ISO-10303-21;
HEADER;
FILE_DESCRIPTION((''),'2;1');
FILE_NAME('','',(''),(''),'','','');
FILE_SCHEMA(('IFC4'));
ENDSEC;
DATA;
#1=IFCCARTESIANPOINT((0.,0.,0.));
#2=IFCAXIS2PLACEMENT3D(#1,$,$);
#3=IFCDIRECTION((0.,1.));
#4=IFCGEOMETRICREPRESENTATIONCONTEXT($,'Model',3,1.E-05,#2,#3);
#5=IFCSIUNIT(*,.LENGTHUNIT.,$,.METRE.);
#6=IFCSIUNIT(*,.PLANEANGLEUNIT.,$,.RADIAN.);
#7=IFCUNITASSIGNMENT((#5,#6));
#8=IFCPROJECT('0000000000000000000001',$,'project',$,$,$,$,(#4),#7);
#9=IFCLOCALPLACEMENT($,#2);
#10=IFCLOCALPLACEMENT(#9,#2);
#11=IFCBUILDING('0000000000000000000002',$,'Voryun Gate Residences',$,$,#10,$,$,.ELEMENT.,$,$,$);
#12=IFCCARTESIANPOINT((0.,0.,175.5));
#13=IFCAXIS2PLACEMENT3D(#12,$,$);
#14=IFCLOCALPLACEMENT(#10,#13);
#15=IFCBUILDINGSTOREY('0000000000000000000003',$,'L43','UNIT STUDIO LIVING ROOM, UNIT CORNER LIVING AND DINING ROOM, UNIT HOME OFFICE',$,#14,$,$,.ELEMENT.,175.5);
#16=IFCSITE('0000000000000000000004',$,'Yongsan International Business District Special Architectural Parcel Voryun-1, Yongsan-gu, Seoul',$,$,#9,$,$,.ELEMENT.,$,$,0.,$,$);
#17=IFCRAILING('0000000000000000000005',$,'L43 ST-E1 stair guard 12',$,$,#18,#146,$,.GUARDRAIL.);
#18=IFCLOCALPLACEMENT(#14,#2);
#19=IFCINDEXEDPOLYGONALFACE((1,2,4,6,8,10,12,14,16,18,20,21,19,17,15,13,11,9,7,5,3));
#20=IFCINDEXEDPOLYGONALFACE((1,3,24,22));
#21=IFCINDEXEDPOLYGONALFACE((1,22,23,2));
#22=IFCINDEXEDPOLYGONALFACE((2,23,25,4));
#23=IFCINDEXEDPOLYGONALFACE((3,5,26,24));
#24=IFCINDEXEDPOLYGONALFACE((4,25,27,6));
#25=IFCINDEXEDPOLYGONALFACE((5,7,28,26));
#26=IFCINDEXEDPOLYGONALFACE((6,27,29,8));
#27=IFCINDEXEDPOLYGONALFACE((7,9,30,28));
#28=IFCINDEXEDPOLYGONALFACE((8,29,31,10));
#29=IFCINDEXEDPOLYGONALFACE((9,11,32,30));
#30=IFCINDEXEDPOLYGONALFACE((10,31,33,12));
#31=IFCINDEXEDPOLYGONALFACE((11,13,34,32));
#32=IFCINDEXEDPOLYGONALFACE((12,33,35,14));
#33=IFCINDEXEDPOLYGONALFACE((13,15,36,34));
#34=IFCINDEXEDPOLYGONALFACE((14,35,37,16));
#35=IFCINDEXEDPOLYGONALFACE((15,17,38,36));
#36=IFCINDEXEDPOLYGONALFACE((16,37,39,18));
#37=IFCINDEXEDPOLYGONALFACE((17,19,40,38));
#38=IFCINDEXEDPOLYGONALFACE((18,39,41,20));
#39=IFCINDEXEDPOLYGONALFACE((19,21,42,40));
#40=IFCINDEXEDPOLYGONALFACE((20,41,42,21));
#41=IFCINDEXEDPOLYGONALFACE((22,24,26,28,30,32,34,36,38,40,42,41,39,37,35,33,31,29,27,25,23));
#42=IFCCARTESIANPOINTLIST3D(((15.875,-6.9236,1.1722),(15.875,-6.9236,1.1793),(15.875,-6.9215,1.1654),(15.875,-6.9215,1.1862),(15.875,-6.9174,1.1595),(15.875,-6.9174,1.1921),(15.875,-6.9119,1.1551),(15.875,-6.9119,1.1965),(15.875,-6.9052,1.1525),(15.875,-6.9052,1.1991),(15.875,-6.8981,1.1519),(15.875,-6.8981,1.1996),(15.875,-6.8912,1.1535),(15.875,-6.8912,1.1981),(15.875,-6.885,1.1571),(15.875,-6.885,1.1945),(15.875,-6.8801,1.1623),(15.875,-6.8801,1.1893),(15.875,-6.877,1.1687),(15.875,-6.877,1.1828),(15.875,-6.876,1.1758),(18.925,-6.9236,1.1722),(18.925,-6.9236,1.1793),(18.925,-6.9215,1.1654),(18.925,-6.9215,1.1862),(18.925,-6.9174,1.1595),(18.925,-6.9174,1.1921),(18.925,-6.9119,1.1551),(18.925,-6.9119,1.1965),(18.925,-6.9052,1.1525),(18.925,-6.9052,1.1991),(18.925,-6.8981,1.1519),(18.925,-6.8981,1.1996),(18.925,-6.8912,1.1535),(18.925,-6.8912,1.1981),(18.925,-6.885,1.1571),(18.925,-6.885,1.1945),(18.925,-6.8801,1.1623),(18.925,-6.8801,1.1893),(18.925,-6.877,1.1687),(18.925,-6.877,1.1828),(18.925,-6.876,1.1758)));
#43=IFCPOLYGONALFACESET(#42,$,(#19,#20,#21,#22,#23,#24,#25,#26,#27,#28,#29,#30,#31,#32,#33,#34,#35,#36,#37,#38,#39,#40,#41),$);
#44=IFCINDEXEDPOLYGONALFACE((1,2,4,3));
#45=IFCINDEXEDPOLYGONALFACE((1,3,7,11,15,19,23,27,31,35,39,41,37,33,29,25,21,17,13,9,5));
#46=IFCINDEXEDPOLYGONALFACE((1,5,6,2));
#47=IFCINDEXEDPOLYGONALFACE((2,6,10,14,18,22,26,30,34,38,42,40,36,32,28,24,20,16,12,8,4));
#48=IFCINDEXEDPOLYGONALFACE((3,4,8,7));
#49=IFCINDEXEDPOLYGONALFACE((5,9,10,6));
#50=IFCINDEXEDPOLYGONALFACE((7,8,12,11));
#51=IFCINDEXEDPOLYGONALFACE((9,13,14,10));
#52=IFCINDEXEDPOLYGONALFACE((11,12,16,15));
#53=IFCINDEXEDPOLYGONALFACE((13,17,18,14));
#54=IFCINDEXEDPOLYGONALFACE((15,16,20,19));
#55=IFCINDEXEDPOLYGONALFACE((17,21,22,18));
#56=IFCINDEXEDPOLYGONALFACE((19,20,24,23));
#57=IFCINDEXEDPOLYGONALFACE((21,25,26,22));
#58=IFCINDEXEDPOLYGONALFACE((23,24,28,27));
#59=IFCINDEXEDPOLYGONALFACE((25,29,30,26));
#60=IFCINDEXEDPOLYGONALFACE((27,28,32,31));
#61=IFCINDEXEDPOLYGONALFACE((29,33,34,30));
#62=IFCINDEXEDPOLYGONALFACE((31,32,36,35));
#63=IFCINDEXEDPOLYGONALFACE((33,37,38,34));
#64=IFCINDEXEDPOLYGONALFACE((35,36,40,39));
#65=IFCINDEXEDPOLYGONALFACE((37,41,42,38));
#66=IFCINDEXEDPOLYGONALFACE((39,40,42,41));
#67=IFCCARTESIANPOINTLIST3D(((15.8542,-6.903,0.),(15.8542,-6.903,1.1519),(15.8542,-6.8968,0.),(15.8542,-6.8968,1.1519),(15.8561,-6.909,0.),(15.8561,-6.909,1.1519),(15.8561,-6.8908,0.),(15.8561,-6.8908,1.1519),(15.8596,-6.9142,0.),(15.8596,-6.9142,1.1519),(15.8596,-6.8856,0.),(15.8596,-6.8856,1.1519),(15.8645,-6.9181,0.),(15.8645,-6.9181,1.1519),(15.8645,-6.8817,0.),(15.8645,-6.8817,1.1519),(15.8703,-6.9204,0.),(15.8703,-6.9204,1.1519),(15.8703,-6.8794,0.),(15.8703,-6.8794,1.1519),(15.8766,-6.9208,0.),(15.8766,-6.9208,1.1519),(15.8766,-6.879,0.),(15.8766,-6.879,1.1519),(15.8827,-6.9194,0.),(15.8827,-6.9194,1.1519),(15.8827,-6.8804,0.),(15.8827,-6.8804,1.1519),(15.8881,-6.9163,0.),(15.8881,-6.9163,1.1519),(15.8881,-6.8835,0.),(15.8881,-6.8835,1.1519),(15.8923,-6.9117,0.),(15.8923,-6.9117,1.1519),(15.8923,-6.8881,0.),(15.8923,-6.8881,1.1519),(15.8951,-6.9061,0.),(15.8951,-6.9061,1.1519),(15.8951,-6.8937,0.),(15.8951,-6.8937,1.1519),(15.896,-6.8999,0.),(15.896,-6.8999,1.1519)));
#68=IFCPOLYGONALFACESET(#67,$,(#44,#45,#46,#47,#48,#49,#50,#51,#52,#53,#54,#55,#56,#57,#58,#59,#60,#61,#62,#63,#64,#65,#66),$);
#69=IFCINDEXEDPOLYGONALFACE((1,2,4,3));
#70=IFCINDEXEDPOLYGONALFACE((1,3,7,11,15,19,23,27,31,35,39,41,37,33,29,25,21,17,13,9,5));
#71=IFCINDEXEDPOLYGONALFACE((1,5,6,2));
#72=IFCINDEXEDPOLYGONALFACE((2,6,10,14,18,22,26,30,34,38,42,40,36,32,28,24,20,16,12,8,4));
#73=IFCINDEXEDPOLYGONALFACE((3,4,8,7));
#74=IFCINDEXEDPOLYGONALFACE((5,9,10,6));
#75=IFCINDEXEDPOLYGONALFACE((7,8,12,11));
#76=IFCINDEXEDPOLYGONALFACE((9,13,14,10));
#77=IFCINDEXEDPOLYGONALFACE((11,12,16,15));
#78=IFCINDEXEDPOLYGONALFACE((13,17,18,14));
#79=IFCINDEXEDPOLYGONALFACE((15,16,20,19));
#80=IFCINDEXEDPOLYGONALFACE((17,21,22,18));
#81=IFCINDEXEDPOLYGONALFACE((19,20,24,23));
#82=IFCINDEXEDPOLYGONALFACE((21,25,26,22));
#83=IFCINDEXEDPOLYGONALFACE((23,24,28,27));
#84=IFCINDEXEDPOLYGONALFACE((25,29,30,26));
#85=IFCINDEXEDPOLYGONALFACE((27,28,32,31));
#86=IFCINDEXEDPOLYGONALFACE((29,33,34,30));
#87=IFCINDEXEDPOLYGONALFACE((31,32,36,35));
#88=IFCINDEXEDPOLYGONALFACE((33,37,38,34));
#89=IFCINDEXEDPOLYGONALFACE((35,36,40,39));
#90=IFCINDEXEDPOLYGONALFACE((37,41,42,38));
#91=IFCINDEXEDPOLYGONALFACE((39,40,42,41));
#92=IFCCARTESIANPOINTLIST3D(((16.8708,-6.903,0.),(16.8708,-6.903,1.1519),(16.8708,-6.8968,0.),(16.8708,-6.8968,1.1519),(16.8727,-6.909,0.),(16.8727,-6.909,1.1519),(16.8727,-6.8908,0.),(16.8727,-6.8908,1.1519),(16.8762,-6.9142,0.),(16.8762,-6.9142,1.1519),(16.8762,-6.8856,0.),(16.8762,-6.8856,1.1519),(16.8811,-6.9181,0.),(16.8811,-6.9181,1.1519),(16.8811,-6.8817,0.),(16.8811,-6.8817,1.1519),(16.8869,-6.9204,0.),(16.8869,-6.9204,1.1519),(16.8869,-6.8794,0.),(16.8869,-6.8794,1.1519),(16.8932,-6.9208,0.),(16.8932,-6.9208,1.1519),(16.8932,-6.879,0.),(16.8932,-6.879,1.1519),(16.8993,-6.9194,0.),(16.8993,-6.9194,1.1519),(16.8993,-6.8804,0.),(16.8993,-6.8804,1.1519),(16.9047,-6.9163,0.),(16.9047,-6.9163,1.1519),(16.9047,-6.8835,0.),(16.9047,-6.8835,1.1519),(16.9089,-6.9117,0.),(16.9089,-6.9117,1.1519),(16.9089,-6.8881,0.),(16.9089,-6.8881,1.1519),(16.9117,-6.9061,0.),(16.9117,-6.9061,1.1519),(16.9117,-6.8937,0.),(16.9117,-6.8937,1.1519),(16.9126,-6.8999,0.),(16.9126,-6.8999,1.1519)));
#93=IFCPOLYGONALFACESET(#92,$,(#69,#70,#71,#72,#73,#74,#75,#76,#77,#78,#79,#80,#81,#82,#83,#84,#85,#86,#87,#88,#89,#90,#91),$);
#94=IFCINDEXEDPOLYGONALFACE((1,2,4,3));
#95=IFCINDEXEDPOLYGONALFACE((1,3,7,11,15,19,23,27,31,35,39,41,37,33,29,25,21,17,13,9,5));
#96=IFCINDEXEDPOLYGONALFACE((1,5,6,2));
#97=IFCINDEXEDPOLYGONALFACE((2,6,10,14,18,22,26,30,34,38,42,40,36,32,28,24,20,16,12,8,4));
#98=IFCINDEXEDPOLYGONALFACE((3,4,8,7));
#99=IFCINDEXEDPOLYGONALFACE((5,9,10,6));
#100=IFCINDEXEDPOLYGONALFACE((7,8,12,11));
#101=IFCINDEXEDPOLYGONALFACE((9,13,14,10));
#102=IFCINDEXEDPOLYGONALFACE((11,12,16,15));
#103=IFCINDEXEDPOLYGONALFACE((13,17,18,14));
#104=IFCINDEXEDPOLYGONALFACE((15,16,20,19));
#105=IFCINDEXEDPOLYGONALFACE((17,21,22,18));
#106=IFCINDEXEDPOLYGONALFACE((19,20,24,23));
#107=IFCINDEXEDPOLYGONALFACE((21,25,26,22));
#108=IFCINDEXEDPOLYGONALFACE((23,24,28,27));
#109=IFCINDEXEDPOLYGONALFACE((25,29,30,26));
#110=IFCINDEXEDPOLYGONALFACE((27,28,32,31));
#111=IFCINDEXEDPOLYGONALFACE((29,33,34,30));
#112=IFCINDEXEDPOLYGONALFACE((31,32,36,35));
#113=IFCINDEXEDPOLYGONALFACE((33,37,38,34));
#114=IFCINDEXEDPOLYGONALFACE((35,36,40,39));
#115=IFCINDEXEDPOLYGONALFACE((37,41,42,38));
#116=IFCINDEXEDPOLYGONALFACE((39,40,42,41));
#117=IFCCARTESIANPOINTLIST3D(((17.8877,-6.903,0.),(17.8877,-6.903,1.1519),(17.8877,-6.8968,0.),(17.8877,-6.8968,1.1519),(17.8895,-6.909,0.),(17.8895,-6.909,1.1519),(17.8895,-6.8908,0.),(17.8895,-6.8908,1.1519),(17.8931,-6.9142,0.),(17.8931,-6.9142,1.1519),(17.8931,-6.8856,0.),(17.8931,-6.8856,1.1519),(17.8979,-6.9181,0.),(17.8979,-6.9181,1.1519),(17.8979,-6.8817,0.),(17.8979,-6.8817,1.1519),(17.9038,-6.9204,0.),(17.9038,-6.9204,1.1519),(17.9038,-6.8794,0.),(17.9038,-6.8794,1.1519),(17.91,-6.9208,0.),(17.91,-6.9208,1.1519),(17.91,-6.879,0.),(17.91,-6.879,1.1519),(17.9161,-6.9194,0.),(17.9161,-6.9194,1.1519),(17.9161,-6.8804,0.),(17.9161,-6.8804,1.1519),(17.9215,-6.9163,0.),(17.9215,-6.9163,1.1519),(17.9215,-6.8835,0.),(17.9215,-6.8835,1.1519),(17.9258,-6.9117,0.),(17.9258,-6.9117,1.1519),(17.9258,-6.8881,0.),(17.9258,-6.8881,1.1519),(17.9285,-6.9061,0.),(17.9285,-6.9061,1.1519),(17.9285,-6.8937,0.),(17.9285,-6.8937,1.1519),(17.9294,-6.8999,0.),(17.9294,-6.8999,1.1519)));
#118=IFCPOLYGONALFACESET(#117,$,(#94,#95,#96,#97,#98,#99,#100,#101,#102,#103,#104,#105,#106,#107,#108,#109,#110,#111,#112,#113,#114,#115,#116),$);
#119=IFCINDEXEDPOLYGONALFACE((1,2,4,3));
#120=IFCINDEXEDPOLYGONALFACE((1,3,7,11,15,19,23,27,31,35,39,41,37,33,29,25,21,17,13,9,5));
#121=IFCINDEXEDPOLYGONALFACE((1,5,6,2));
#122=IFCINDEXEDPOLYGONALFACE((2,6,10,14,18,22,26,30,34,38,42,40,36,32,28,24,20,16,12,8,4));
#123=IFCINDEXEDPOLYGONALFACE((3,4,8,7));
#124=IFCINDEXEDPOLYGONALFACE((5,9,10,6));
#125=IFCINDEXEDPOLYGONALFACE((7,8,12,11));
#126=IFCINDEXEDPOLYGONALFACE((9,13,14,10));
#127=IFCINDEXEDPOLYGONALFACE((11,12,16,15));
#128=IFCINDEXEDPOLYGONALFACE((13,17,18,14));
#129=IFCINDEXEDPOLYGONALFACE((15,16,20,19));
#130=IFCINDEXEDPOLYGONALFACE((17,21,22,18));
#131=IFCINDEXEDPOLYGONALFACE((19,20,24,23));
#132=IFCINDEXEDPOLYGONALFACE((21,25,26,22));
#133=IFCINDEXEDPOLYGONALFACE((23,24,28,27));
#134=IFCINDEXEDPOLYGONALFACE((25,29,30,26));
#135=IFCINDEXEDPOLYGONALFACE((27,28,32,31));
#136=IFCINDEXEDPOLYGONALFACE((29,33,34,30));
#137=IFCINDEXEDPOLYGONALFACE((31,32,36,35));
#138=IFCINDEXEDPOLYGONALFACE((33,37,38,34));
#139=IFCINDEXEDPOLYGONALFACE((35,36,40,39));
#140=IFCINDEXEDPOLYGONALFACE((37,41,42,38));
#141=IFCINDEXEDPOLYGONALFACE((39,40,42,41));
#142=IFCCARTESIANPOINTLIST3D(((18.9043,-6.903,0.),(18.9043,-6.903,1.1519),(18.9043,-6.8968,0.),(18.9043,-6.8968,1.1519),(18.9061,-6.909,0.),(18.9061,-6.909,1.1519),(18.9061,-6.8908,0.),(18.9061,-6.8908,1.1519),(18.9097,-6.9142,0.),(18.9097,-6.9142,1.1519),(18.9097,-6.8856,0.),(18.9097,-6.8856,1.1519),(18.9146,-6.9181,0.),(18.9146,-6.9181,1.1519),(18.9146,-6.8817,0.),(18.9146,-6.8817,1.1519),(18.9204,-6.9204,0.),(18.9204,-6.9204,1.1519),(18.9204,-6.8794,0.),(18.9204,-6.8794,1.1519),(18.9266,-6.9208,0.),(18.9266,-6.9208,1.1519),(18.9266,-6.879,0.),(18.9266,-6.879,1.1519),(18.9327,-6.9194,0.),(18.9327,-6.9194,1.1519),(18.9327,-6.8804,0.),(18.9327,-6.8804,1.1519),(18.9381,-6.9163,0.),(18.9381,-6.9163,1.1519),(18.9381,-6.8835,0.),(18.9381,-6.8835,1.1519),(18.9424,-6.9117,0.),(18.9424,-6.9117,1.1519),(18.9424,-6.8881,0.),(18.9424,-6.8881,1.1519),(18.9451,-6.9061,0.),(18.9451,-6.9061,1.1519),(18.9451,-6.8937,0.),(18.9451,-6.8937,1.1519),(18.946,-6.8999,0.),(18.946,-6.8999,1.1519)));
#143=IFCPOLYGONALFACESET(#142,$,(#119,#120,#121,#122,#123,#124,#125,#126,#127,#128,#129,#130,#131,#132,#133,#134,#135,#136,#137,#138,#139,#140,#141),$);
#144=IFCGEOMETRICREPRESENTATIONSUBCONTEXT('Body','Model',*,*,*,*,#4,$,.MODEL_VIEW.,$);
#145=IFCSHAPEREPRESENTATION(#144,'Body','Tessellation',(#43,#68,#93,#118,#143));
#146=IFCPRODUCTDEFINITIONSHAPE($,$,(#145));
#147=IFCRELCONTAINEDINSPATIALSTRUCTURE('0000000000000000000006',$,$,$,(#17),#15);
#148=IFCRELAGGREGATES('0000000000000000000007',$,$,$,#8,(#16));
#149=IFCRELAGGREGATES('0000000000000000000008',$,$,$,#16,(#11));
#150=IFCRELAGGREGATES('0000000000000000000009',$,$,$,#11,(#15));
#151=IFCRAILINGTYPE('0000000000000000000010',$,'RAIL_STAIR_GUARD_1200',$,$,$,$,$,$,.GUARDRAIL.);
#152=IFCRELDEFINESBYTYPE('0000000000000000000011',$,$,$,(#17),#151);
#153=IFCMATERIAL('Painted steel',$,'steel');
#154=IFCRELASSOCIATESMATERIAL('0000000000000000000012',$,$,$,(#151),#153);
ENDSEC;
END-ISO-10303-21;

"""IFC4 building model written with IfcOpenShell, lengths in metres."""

from ifc_helpers import new_model, si_unit, direction, frame, origin, origin_2d, place, context, subcontext, project, spatial, circle, extrude, material, type_object, element, save


model = new_model("IFC4")

# Units and contexts
model_context = context("Model", 3, precision=1e-05, world=origin(), true_north=direction((0.0, 1.0)))
body_context = subcontext(model_context, "Body", "Model", "MODEL_VIEW")
ifc_project = project(units=[si_unit("LENGTHUNIT", "METRE"), si_unit("PLANEANGLEUNIT", "RADIAN")], contexts=[model_context])

# Site, building, storey
site_placement = place(None, origin())
site = spatial("IfcSite", under=ifc_project, at=site_placement, Name="Yongsan International Business District Special Architectural Parcel Voryun-1, Yongsan-gu, Seoul", CompositionType="ELEMENT", RefElevation=0.0)
building_placement = place(site_placement, origin())
building = spatial("IfcBuilding", under=site, at=building_placement, Name="Voryun Gate Residences", CompositionType="ELEMENT")
storey_placement = place(building_placement, frame((0.0, 0.0, 175.5)))
storey = spatial("IfcBuildingStorey", under=building, at=storey_placement, Name="L43", Description="UNIT STUDIO LIVING ROOM, UNIT CORNER LIVING AND DINING ROOM, UNIT HOME OFFICE", CompositionType="ELEMENT", Elevation=175.5)

# Railing
ifc_material_1 = material(Name="Painted steel", Category="steel")
railing_type_1 = type_object("IfcRailingType", Name="RAIL_STAIR_GUARD_1200", PredefinedType="GUARDRAIL", material=ifc_material_1)
railing_1_placement = place(storey_placement, frame((15.875, -6.8999, 0.0)))
element("IfcRailing", 1, at=railing_1_placement, inside=storey, type_object=railing_type_1, Name="L43 ST-E1 stair guard 12", PredefinedType="GUARDRAIL", context=body_context, shape_type="SweptSolid", body=[
    extrude(circle(Radius=0.0239, at=origin_2d()), frame((0.0, 0.0, 1.1758), z_axis=(1.0, 0.0, 0.0), x_axis=(0.0, 1.0, 0.0)), (0.0, 0.0, 1.0), 3.05),
    extrude(circle(Radius=0.021, at=origin_2d()), origin(), (0.0, 0.0, 1.0), 1.1519),
    extrude(circle(Radius=0.021, at=origin_2d()), frame((1.0166, 0.0, 0.0)), (0.0, 0.0, 1.0), 1.1519),
    extrude(circle(Radius=0.021, at=origin_2d()), frame((2.0334, 0.0, 0.0)), (0.0, 0.0, 1.0), 1.1519),
    extrude(circle(Radius=0.021, at=origin_2d()), frame((3.05, 0.0, 0.0)), (0.0, 0.0, 1.0), 1.1519),
])

save(model, "model.ifc")
